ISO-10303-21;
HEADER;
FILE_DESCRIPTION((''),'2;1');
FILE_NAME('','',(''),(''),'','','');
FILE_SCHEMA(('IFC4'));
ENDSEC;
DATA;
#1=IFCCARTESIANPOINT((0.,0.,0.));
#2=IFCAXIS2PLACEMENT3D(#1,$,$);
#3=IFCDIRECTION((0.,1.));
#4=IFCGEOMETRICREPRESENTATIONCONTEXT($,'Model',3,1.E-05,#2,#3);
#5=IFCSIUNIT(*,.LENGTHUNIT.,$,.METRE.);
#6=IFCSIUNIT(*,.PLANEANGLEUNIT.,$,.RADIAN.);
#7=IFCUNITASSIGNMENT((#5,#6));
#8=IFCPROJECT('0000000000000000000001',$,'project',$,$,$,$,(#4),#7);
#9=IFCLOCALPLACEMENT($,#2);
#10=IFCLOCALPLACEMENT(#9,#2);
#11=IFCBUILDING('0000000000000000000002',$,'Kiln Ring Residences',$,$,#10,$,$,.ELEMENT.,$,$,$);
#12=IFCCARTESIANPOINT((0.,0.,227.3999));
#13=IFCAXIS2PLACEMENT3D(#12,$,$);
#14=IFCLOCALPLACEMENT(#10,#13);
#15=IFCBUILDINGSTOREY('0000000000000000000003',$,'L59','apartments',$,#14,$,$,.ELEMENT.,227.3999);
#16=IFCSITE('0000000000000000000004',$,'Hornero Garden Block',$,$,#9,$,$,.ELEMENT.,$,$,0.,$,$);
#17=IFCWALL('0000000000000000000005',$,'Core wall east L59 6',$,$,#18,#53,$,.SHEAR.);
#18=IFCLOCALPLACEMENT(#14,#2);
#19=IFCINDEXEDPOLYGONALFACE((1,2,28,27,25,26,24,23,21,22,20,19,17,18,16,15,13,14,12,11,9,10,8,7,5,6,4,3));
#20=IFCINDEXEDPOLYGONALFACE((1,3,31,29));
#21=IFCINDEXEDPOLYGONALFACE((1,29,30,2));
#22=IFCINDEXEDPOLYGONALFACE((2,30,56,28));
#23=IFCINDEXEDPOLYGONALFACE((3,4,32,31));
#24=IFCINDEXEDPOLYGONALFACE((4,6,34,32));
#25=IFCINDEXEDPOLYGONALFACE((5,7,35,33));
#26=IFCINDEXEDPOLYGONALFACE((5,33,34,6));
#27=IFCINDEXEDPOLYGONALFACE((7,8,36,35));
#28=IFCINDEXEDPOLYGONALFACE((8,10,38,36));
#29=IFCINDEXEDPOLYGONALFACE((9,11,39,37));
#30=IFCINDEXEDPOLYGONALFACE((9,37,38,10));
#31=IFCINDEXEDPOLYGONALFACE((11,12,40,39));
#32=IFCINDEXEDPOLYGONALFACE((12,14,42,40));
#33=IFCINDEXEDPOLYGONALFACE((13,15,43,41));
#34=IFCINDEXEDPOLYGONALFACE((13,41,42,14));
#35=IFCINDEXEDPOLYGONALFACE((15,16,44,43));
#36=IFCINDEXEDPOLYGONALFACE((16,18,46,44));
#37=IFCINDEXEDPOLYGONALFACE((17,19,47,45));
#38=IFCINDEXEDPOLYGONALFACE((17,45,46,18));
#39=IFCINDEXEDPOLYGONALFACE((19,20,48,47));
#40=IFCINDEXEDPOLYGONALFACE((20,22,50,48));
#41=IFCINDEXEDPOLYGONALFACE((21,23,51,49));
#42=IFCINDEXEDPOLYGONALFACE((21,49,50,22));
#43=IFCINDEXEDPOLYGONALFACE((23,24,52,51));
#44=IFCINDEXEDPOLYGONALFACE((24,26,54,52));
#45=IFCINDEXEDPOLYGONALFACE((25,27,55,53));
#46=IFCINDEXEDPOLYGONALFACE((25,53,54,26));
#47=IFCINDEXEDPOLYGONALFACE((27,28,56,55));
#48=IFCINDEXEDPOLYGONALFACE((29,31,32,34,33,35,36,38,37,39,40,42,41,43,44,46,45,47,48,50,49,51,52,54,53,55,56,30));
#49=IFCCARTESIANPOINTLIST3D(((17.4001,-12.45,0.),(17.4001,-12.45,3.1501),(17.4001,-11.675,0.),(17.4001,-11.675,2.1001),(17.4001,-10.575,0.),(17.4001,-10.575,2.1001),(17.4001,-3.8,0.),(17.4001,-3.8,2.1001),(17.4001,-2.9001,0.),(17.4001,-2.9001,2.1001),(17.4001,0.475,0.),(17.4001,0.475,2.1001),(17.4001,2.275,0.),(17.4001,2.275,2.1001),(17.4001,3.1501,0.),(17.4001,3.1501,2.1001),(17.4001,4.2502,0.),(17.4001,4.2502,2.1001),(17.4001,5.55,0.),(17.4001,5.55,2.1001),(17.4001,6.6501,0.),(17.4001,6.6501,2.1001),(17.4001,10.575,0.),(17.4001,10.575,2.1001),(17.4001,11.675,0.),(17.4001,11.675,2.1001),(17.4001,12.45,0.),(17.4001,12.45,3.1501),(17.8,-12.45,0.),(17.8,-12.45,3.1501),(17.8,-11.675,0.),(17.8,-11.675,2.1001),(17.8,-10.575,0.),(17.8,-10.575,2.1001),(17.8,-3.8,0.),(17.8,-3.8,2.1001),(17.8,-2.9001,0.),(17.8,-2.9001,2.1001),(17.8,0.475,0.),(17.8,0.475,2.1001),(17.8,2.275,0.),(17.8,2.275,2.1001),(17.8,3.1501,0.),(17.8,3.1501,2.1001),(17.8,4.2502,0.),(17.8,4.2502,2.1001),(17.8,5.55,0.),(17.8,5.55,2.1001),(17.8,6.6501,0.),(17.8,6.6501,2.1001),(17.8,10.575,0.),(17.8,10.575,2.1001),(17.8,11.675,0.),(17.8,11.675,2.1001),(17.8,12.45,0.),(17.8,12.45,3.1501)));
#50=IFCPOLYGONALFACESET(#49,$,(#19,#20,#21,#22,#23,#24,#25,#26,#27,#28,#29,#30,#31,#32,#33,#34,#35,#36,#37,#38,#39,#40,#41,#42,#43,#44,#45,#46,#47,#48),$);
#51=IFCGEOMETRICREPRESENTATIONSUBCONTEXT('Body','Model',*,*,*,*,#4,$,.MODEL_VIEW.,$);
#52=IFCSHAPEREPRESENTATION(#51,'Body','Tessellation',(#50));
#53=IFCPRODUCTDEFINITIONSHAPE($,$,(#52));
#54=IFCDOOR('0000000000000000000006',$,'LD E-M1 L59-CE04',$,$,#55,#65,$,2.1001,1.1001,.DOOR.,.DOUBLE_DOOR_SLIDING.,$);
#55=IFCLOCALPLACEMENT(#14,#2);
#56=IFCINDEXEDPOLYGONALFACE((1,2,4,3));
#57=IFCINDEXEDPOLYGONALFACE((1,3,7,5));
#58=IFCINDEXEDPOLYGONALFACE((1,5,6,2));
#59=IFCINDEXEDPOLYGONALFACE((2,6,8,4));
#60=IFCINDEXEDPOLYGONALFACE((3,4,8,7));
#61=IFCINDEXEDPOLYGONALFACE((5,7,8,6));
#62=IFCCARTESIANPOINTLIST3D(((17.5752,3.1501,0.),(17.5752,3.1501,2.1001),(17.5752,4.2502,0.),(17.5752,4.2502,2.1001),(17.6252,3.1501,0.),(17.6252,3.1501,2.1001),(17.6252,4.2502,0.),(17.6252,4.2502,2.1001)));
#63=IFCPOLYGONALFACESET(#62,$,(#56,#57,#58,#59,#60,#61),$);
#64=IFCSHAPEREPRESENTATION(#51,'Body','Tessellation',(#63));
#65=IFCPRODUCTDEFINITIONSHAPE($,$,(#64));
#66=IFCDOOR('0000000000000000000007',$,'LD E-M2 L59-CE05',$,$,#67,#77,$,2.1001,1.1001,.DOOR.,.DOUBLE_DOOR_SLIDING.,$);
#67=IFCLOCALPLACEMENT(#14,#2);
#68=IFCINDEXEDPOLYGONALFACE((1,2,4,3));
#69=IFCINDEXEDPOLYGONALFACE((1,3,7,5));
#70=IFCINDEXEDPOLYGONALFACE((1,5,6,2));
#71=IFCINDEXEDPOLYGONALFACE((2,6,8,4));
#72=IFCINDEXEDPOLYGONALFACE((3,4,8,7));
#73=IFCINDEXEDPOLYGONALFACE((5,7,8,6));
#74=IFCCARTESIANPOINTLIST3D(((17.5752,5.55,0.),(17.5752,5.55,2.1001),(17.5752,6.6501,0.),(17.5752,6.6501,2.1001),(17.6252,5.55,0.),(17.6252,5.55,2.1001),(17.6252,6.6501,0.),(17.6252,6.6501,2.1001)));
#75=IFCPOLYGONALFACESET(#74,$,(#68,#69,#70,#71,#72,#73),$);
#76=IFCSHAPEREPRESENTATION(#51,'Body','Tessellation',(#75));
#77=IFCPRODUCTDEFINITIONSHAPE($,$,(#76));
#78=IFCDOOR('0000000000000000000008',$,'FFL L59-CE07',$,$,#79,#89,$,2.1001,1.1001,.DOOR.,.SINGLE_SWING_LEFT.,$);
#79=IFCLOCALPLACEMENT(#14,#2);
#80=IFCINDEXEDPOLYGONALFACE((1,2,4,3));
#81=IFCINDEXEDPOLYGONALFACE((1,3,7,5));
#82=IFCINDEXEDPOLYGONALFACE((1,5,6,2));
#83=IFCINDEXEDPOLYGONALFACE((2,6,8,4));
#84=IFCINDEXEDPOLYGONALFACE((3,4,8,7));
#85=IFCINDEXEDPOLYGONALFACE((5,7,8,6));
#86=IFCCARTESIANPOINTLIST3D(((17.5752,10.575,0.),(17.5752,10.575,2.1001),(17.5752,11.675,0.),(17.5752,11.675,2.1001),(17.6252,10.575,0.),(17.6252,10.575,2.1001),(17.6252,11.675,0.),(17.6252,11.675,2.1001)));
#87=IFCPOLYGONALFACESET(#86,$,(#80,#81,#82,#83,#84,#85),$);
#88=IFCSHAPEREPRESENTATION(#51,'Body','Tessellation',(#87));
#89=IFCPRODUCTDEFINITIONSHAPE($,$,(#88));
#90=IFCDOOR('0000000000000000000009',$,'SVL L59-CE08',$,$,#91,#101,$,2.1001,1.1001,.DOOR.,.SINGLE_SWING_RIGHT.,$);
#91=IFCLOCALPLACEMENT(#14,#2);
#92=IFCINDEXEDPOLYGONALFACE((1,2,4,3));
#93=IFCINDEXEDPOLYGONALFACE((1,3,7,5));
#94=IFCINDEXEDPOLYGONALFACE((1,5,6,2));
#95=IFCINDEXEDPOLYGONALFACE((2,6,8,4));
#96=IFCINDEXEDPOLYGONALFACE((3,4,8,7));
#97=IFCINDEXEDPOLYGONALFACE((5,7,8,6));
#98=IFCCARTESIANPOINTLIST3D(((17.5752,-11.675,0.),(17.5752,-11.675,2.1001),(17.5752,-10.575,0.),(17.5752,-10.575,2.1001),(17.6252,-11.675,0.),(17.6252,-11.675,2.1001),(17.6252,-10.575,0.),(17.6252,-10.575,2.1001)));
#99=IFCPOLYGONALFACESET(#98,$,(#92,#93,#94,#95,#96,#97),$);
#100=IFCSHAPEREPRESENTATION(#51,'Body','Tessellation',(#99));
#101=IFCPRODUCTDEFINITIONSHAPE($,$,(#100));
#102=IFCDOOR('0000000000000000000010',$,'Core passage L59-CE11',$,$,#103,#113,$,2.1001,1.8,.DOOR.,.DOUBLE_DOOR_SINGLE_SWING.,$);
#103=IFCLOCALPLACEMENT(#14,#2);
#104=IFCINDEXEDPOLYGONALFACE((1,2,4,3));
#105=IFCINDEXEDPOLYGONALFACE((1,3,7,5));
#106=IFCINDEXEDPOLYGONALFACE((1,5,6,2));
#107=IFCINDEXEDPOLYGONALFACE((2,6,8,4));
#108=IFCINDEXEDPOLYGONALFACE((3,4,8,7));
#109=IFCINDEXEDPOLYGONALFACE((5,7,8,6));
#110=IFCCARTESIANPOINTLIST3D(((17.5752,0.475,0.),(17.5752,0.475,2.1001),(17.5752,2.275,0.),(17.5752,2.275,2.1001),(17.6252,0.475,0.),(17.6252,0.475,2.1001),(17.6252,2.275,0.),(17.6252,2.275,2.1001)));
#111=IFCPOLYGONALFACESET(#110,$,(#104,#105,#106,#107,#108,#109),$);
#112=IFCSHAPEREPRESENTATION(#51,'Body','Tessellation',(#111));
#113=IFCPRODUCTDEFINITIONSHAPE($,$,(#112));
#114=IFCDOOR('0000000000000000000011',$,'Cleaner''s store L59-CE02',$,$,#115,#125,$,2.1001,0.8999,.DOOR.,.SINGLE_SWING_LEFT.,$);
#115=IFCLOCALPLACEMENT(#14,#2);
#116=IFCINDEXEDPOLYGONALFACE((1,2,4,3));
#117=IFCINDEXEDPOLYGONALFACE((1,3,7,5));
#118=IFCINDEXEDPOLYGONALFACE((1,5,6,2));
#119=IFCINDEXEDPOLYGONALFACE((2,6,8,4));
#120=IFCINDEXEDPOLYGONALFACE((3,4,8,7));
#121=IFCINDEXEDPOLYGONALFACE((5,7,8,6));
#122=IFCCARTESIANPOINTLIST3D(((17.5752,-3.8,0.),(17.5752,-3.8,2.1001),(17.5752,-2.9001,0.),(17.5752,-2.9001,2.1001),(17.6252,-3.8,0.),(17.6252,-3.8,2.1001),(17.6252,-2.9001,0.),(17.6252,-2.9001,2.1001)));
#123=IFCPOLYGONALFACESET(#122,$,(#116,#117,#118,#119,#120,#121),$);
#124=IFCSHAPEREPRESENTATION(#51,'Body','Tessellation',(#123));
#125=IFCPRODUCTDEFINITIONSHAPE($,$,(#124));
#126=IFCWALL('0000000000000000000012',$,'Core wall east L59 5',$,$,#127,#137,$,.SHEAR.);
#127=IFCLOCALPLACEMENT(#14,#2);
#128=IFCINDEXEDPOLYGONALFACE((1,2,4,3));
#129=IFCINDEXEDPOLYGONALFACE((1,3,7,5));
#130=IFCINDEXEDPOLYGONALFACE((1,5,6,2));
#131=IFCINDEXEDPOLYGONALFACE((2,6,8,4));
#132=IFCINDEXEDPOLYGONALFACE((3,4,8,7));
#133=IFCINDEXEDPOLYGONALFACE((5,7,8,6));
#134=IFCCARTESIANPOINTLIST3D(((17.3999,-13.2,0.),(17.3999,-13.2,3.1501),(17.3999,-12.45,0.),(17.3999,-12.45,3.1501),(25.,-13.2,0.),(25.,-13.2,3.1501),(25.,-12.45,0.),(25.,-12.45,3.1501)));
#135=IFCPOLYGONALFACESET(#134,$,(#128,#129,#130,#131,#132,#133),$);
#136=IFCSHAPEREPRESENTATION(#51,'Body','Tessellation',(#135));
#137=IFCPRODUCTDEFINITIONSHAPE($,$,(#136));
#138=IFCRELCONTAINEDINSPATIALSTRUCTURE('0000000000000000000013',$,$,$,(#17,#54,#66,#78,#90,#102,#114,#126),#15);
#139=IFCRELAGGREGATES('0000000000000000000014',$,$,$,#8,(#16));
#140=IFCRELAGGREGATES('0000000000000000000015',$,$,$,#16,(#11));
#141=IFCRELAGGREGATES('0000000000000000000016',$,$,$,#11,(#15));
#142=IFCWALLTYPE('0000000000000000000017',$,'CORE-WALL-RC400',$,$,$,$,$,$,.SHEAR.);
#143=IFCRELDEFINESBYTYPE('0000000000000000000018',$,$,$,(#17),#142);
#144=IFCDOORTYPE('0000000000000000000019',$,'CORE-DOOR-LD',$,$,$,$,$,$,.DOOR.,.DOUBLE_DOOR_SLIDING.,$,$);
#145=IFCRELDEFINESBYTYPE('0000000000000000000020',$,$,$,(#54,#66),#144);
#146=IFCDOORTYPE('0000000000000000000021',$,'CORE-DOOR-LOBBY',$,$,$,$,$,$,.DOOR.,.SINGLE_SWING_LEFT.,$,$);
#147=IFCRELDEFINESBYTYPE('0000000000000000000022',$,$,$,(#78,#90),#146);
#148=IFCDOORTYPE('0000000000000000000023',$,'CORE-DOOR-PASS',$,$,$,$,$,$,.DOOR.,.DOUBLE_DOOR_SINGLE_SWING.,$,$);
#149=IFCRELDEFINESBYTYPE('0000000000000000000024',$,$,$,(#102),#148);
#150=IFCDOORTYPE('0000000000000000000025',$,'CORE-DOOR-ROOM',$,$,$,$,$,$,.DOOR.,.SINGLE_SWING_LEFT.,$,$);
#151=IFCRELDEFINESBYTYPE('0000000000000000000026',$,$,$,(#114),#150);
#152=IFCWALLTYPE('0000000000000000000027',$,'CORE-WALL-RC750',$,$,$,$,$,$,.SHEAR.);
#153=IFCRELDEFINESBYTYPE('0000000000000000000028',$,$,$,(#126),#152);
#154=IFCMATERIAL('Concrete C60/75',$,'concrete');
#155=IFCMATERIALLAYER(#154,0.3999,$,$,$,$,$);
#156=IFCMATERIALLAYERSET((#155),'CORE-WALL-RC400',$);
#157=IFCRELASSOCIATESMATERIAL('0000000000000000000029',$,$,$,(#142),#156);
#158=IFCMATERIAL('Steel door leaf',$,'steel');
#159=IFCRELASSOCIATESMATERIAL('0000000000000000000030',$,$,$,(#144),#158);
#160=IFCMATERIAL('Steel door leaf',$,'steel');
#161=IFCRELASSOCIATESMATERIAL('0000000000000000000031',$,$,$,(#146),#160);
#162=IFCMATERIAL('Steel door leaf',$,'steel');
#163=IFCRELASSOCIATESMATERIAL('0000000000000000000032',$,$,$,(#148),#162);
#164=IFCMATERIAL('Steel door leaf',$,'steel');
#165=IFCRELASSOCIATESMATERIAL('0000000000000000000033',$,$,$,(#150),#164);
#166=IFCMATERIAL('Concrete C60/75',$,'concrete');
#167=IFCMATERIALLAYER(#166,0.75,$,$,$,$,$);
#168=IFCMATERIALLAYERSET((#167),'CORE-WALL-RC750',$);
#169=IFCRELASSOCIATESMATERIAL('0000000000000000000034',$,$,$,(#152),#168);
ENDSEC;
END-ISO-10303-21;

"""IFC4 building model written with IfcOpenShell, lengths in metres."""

from ifc_helpers import new_model, si_unit, direction, frame, frame_2d, origin, place, context, subcontext, project, spatial, rectangle, extrude, material, layer, layer_set, type_object, element, fill, save


model = new_model("IFC4")

# Units and contexts
model_context = context("Model", 3, precision=1e-05, world=origin(), true_north=direction((0.0, 1.0)))
body_context = subcontext(model_context, "Body", "Model", "MODEL_VIEW")
ifc_project = project(units=[si_unit("LENGTHUNIT", "METRE"), si_unit("PLANEANGLEUNIT", "RADIAN")], contexts=[model_context])

# Site, building, storey
site_placement = place(None, origin())
site = spatial("IfcSite", under=ifc_project, at=site_placement, Name="Hornero Garden Block", CompositionType="ELEMENT", RefElevation=0.0)
building_placement = place(site_placement, origin())
building = spatial("IfcBuilding", under=site, at=building_placement, Name="Kiln Ring Residences", CompositionType="ELEMENT")
storey_placement = place(building_placement, frame((0.0, 0.0, 227.3999)))
storey = spatial("IfcBuildingStorey", under=building, at=storey_placement, Name="L59", Description="apartments", CompositionType="ELEMENT", Elevation=227.3999)

# Wall, openings, doors
ifc_material_1 = material(Name="Concrete C60/75", Category="concrete")
ifc_layer_1 = layer(ifc_material_1, 0.3999)
ifc_layer_set_1 = layer_set([ifc_layer_1], Name="CORE-WALL-RC400")
wall_type_1 = type_object("IfcWallType", Name="CORE-WALL-RC400", PredefinedType="SHEAR", material=ifc_layer_set_1)
wall_1_placement = place(storey_placement, frame((17.6001, -12.45, 0.0), z_axis=(0.0, 0.0, 1.0), x_axis=(0.0, 1.0, 0.0)))
wall_1 = element("IfcWall", 1, at=wall_1_placement, inside=storey, type_object=wall_type_1, Name="Core wall east L59 6", PredefinedType="SHEAR", context=body_context, shape_type="SweptSolid", body=[
    extrude(rectangle(XDim=24.8999, YDim=0.3999, at=frame_2d((12.45, 0.0))), origin(), (0.0, 0.0, 1.0), 3.1501),
])
opening_1_placement = place(wall_1_placement, frame((8.6499, 0.0, 0.0)))
opening_1 = element("IfcOpeningElement", 2, at=opening_1_placement, cuts=wall_1, PredefinedType="OPENING", context=body_context, shape_type="SweptSolid", body=[
    extrude(rectangle(XDim=0.8999, YDim=2.1001, at=frame_2d((0.45, 1.05))), frame((0.0, 0.21, 0.0), z_axis=(0.0, -1.0, 0.0), x_axis=(1.0, 0.0, 0.0)), (0.0, 0.0, 1.0), 0.4199),
])
opening_2_placement = place(wall_1_placement, frame((15.6001, 0.0, 0.0)))
opening_2 = element("IfcOpeningElement", 3, at=opening_2_placement, cuts=wall_1, PredefinedType="OPENING", context=body_context, shape_type="SweptSolid", body=[
    extrude(rectangle(XDim=1.1001, YDim=2.1001, at=frame_2d((0.55, 1.05))), frame((0.0, 0.21, 0.0), z_axis=(0.0, -1.0, 0.0), x_axis=(1.0, 0.0, 0.0)), (0.0, 0.0, 1.0), 0.4199),
])
opening_3_placement = place(wall_1_placement, frame((18.0, 0.0, 0.0)))
opening_3 = element("IfcOpeningElement", 4, at=opening_3_placement, cuts=wall_1, PredefinedType="OPENING", context=body_context, shape_type="SweptSolid", body=[
    extrude(rectangle(XDim=1.1001, YDim=2.1001, at=frame_2d((0.55, 1.05))), frame((0.0, 0.21, 0.0), z_axis=(0.0, -1.0, 0.0), x_axis=(1.0, 0.0, 0.0)), (0.0, 0.0, 1.0), 0.4199),
])
opening_4_placement = place(wall_1_placement, frame((23.0249, 0.0, 0.0)))
opening_4 = element("IfcOpeningElement", 5, at=opening_4_placement, cuts=wall_1, PredefinedType="OPENING", context=body_context, shape_type="SweptSolid", body=[
    extrude(rectangle(XDim=1.1001, YDim=2.1001, at=frame_2d((0.55, 1.05))), frame((0.0, 0.21, 0.0), z_axis=(0.0, -1.0, 0.0), x_axis=(1.0, 0.0, 0.0)), (0.0, 0.0, 1.0), 0.4199),
])
opening_5_placement = place(wall_1_placement, frame((0.7749, 0.0, 0.0)))
opening_5 = element("IfcOpeningElement", 6, at=opening_5_placement, cuts=wall_1, PredefinedType="OPENING", context=body_context, shape_type="SweptSolid", body=[
    extrude(rectangle(XDim=1.1001, YDim=2.1001, at=frame_2d((0.55, 1.05))), frame((0.0, 0.21, 0.0), z_axis=(0.0, -1.0, 0.0), x_axis=(1.0, 0.0, 0.0)), (0.0, 0.0, 1.0), 0.4199),
])
opening_6_placement = place(wall_1_placement, frame((12.925, 0.0, 0.0)))
opening_6 = element("IfcOpeningElement", 7, at=opening_6_placement, cuts=wall_1, PredefinedType="OPENING", context=body_context, shape_type="SweptSolid", body=[
    extrude(rectangle(XDim=1.8, YDim=2.1001, at=frame_2d((0.8999, 1.05))), frame((0.0, 0.21, 0.0), z_axis=(0.0, -1.0, 0.0), x_axis=(1.0, 0.0, 0.0)), (0.0, 0.0, 1.0), 0.4199),
])
ifc_material_2 = material(Name="Steel door leaf", Category="steel")
door_type_1 = type_object("IfcDoorType", Name="CORE-DOOR-LD", OperationType="DOUBLE_DOOR_SLIDING", PredefinedType="DOOR", material=ifc_material_2)
door_1_placement = place(opening_2_placement, origin())
door_1 = element("IfcDoor", 8, at=door_1_placement, inside=storey, type_object=door_type_1, Name="LD E-M1 L59-CE04", OperationType="DOUBLE_DOOR_SLIDING", OverallHeight=2.1001, OverallWidth=1.1001, PredefinedType="DOOR", context=body_context, shape_type="SweptSolid", body=[
    extrude(rectangle(XDim=1.1001, YDim=2.1001, at=frame_2d((0.55, 1.05))), frame((0.0, 0.0249, 0.0), z_axis=(0.0, -1.0, 0.0), x_axis=(1.0, 0.0, 0.0)), (0.0, 0.0, 1.0), 0.05),
])
fill(opening_2, door_1)
door_2_placement = place(opening_3_placement, origin())
door_2 = element("IfcDoor", 9, at=door_2_placement, inside=storey, type_object=door_type_1, Name="LD E-M2 L59-CE05", OperationType="DOUBLE_DOOR_SLIDING", OverallHeight=2.1001, OverallWidth=1.1001, PredefinedType="DOOR", context=body_context, shape_type="SweptSolid", body=[
    extrude(rectangle(XDim=1.1001, YDim=2.1001, at=frame_2d((0.55, 1.05))), frame((0.0, 0.0249, 0.0), z_axis=(0.0, -1.0, 0.0), x_axis=(1.0, 0.0, 0.0)), (0.0, 0.0, 1.0), 0.05),
])
fill(opening_3, door_2)
ifc_material_3 = material(Name="Steel door leaf", Category="steel")
door_type_2 = type_object("IfcDoorType", Name="CORE-DOOR-LOBBY", OperationType="SINGLE_SWING_LEFT", PredefinedType="DOOR", material=ifc_material_3)
door_3_placement = place(opening_4_placement, origin())
door_3 = element("IfcDoor", 10, at=door_3_placement, inside=storey, type_object=door_type_2, Name="FFL L59-CE07", OperationType="SINGLE_SWING_LEFT", OverallHeight=2.1001, OverallWidth=1.1001, PredefinedType="DOOR", context=body_context, shape_type="SweptSolid", body=[
    extrude(rectangle(XDim=1.1001, YDim=2.1001, at=frame_2d((0.55, 1.05))), frame((0.0, 0.0249, 0.0), z_axis=(0.0, -1.0, 0.0), x_axis=(1.0, 0.0, 0.0)), (0.0, 0.0, 1.0), 0.05),
])
fill(opening_4, door_3)
door_4_placement = place(opening_5_placement, origin())
door_4 = element("IfcDoor", 11, at=door_4_placement, inside=storey, type_object=door_type_2, Name="SVL L59-CE08", OperationType="SINGLE_SWING_RIGHT", OverallHeight=2.1001, OverallWidth=1.1001, PredefinedType="DOOR", context=body_context, shape_type="SweptSolid", body=[
    extrude(rectangle(XDim=1.1001, YDim=2.1001, at=frame_2d((0.55, 1.05))), frame((0.0, 0.0249, 0.0), z_axis=(0.0, -1.0, 0.0), x_axis=(1.0, 0.0, 0.0)), (0.0, 0.0, 1.0), 0.05),
])
fill(opening_5, door_4)
ifc_material_4 = material(Name="Steel door leaf", Category="steel")
door_type_3 = type_object("IfcDoorType", Name="CORE-DOOR-PASS", OperationType="DOUBLE_DOOR_SINGLE_SWING", PredefinedType="DOOR", material=ifc_material_4)
door_5_placement = place(opening_6_placement, origin())
door_5 = element("IfcDoor", 12, at=door_5_placement, inside=storey, type_object=door_type_3, Name="Core passage L59-CE11", OperationType="DOUBLE_DOOR_SINGLE_SWING", OverallHeight=2.1001, OverallWidth=1.8, PredefinedType="DOOR", context=body_context, shape_type="SweptSolid", body=[
    extrude(rectangle(XDim=1.8, YDim=2.1001, at=frame_2d((0.8999, 1.05))), frame((0.0, 0.0249, 0.0), z_axis=(0.0, -1.0, 0.0), x_axis=(1.0, 0.0, 0.0)), (0.0, 0.0, 1.0), 0.05),
])
fill(opening_6, door_5)
ifc_material_5 = material(Name="Steel door leaf", Category="steel")
door_type_4 = type_object("IfcDoorType", Name="CORE-DOOR-ROOM", OperationType="SINGLE_SWING_LEFT", PredefinedType="DOOR", material=ifc_material_5)
door_6_placement = place(opening_1_placement, origin())
door_6 = element("IfcDoor", 13, at=door_6_placement, inside=storey, type_object=door_type_4, Name="Cleaner's store L59-CE02", OperationType="SINGLE_SWING_LEFT", OverallHeight=2.1001, OverallWidth=0.8999, PredefinedType="DOOR", context=body_context, shape_type="SweptSolid", body=[
    extrude(rectangle(XDim=0.8999, YDim=2.1001, at=frame_2d((0.45, 1.05))), frame((0.0, 0.0249, 0.0), z_axis=(0.0, -1.0, 0.0), x_axis=(1.0, 0.0, 0.0)), (0.0, 0.0, 1.0), 0.05),
])
fill(opening_1, door_6)

# Wall
ifc_material_6 = material(Name="Concrete C60/75", Category="concrete")
ifc_layer_2 = layer(ifc_material_6, 0.75)
ifc_layer_set_2 = layer_set([ifc_layer_2], Name="CORE-WALL-RC750")
wall_type_2 = type_object("IfcWallType", Name="CORE-WALL-RC750", PredefinedType="SHEAR", material=ifc_layer_set_2)
wall_2_placement = place(storey_placement, frame((17.3999, -12.825, 0.0), z_axis=(0.0, 0.0, 1.0), x_axis=(1.0, 0.0, 0.0)))
element("IfcWall", 14, at=wall_2_placement, inside=storey, type_object=wall_type_2, Name="Core wall east L59 5", PredefinedType="SHEAR", context=body_context, shape_type="SweptSolid", body=[
    extrude(rectangle(XDim=7.6001, YDim=0.75, at=frame_2d((3.8, 0.0))), origin(), (0.0, 0.0, 1.0), 3.1501),
])

save(model, "model.ifc")
